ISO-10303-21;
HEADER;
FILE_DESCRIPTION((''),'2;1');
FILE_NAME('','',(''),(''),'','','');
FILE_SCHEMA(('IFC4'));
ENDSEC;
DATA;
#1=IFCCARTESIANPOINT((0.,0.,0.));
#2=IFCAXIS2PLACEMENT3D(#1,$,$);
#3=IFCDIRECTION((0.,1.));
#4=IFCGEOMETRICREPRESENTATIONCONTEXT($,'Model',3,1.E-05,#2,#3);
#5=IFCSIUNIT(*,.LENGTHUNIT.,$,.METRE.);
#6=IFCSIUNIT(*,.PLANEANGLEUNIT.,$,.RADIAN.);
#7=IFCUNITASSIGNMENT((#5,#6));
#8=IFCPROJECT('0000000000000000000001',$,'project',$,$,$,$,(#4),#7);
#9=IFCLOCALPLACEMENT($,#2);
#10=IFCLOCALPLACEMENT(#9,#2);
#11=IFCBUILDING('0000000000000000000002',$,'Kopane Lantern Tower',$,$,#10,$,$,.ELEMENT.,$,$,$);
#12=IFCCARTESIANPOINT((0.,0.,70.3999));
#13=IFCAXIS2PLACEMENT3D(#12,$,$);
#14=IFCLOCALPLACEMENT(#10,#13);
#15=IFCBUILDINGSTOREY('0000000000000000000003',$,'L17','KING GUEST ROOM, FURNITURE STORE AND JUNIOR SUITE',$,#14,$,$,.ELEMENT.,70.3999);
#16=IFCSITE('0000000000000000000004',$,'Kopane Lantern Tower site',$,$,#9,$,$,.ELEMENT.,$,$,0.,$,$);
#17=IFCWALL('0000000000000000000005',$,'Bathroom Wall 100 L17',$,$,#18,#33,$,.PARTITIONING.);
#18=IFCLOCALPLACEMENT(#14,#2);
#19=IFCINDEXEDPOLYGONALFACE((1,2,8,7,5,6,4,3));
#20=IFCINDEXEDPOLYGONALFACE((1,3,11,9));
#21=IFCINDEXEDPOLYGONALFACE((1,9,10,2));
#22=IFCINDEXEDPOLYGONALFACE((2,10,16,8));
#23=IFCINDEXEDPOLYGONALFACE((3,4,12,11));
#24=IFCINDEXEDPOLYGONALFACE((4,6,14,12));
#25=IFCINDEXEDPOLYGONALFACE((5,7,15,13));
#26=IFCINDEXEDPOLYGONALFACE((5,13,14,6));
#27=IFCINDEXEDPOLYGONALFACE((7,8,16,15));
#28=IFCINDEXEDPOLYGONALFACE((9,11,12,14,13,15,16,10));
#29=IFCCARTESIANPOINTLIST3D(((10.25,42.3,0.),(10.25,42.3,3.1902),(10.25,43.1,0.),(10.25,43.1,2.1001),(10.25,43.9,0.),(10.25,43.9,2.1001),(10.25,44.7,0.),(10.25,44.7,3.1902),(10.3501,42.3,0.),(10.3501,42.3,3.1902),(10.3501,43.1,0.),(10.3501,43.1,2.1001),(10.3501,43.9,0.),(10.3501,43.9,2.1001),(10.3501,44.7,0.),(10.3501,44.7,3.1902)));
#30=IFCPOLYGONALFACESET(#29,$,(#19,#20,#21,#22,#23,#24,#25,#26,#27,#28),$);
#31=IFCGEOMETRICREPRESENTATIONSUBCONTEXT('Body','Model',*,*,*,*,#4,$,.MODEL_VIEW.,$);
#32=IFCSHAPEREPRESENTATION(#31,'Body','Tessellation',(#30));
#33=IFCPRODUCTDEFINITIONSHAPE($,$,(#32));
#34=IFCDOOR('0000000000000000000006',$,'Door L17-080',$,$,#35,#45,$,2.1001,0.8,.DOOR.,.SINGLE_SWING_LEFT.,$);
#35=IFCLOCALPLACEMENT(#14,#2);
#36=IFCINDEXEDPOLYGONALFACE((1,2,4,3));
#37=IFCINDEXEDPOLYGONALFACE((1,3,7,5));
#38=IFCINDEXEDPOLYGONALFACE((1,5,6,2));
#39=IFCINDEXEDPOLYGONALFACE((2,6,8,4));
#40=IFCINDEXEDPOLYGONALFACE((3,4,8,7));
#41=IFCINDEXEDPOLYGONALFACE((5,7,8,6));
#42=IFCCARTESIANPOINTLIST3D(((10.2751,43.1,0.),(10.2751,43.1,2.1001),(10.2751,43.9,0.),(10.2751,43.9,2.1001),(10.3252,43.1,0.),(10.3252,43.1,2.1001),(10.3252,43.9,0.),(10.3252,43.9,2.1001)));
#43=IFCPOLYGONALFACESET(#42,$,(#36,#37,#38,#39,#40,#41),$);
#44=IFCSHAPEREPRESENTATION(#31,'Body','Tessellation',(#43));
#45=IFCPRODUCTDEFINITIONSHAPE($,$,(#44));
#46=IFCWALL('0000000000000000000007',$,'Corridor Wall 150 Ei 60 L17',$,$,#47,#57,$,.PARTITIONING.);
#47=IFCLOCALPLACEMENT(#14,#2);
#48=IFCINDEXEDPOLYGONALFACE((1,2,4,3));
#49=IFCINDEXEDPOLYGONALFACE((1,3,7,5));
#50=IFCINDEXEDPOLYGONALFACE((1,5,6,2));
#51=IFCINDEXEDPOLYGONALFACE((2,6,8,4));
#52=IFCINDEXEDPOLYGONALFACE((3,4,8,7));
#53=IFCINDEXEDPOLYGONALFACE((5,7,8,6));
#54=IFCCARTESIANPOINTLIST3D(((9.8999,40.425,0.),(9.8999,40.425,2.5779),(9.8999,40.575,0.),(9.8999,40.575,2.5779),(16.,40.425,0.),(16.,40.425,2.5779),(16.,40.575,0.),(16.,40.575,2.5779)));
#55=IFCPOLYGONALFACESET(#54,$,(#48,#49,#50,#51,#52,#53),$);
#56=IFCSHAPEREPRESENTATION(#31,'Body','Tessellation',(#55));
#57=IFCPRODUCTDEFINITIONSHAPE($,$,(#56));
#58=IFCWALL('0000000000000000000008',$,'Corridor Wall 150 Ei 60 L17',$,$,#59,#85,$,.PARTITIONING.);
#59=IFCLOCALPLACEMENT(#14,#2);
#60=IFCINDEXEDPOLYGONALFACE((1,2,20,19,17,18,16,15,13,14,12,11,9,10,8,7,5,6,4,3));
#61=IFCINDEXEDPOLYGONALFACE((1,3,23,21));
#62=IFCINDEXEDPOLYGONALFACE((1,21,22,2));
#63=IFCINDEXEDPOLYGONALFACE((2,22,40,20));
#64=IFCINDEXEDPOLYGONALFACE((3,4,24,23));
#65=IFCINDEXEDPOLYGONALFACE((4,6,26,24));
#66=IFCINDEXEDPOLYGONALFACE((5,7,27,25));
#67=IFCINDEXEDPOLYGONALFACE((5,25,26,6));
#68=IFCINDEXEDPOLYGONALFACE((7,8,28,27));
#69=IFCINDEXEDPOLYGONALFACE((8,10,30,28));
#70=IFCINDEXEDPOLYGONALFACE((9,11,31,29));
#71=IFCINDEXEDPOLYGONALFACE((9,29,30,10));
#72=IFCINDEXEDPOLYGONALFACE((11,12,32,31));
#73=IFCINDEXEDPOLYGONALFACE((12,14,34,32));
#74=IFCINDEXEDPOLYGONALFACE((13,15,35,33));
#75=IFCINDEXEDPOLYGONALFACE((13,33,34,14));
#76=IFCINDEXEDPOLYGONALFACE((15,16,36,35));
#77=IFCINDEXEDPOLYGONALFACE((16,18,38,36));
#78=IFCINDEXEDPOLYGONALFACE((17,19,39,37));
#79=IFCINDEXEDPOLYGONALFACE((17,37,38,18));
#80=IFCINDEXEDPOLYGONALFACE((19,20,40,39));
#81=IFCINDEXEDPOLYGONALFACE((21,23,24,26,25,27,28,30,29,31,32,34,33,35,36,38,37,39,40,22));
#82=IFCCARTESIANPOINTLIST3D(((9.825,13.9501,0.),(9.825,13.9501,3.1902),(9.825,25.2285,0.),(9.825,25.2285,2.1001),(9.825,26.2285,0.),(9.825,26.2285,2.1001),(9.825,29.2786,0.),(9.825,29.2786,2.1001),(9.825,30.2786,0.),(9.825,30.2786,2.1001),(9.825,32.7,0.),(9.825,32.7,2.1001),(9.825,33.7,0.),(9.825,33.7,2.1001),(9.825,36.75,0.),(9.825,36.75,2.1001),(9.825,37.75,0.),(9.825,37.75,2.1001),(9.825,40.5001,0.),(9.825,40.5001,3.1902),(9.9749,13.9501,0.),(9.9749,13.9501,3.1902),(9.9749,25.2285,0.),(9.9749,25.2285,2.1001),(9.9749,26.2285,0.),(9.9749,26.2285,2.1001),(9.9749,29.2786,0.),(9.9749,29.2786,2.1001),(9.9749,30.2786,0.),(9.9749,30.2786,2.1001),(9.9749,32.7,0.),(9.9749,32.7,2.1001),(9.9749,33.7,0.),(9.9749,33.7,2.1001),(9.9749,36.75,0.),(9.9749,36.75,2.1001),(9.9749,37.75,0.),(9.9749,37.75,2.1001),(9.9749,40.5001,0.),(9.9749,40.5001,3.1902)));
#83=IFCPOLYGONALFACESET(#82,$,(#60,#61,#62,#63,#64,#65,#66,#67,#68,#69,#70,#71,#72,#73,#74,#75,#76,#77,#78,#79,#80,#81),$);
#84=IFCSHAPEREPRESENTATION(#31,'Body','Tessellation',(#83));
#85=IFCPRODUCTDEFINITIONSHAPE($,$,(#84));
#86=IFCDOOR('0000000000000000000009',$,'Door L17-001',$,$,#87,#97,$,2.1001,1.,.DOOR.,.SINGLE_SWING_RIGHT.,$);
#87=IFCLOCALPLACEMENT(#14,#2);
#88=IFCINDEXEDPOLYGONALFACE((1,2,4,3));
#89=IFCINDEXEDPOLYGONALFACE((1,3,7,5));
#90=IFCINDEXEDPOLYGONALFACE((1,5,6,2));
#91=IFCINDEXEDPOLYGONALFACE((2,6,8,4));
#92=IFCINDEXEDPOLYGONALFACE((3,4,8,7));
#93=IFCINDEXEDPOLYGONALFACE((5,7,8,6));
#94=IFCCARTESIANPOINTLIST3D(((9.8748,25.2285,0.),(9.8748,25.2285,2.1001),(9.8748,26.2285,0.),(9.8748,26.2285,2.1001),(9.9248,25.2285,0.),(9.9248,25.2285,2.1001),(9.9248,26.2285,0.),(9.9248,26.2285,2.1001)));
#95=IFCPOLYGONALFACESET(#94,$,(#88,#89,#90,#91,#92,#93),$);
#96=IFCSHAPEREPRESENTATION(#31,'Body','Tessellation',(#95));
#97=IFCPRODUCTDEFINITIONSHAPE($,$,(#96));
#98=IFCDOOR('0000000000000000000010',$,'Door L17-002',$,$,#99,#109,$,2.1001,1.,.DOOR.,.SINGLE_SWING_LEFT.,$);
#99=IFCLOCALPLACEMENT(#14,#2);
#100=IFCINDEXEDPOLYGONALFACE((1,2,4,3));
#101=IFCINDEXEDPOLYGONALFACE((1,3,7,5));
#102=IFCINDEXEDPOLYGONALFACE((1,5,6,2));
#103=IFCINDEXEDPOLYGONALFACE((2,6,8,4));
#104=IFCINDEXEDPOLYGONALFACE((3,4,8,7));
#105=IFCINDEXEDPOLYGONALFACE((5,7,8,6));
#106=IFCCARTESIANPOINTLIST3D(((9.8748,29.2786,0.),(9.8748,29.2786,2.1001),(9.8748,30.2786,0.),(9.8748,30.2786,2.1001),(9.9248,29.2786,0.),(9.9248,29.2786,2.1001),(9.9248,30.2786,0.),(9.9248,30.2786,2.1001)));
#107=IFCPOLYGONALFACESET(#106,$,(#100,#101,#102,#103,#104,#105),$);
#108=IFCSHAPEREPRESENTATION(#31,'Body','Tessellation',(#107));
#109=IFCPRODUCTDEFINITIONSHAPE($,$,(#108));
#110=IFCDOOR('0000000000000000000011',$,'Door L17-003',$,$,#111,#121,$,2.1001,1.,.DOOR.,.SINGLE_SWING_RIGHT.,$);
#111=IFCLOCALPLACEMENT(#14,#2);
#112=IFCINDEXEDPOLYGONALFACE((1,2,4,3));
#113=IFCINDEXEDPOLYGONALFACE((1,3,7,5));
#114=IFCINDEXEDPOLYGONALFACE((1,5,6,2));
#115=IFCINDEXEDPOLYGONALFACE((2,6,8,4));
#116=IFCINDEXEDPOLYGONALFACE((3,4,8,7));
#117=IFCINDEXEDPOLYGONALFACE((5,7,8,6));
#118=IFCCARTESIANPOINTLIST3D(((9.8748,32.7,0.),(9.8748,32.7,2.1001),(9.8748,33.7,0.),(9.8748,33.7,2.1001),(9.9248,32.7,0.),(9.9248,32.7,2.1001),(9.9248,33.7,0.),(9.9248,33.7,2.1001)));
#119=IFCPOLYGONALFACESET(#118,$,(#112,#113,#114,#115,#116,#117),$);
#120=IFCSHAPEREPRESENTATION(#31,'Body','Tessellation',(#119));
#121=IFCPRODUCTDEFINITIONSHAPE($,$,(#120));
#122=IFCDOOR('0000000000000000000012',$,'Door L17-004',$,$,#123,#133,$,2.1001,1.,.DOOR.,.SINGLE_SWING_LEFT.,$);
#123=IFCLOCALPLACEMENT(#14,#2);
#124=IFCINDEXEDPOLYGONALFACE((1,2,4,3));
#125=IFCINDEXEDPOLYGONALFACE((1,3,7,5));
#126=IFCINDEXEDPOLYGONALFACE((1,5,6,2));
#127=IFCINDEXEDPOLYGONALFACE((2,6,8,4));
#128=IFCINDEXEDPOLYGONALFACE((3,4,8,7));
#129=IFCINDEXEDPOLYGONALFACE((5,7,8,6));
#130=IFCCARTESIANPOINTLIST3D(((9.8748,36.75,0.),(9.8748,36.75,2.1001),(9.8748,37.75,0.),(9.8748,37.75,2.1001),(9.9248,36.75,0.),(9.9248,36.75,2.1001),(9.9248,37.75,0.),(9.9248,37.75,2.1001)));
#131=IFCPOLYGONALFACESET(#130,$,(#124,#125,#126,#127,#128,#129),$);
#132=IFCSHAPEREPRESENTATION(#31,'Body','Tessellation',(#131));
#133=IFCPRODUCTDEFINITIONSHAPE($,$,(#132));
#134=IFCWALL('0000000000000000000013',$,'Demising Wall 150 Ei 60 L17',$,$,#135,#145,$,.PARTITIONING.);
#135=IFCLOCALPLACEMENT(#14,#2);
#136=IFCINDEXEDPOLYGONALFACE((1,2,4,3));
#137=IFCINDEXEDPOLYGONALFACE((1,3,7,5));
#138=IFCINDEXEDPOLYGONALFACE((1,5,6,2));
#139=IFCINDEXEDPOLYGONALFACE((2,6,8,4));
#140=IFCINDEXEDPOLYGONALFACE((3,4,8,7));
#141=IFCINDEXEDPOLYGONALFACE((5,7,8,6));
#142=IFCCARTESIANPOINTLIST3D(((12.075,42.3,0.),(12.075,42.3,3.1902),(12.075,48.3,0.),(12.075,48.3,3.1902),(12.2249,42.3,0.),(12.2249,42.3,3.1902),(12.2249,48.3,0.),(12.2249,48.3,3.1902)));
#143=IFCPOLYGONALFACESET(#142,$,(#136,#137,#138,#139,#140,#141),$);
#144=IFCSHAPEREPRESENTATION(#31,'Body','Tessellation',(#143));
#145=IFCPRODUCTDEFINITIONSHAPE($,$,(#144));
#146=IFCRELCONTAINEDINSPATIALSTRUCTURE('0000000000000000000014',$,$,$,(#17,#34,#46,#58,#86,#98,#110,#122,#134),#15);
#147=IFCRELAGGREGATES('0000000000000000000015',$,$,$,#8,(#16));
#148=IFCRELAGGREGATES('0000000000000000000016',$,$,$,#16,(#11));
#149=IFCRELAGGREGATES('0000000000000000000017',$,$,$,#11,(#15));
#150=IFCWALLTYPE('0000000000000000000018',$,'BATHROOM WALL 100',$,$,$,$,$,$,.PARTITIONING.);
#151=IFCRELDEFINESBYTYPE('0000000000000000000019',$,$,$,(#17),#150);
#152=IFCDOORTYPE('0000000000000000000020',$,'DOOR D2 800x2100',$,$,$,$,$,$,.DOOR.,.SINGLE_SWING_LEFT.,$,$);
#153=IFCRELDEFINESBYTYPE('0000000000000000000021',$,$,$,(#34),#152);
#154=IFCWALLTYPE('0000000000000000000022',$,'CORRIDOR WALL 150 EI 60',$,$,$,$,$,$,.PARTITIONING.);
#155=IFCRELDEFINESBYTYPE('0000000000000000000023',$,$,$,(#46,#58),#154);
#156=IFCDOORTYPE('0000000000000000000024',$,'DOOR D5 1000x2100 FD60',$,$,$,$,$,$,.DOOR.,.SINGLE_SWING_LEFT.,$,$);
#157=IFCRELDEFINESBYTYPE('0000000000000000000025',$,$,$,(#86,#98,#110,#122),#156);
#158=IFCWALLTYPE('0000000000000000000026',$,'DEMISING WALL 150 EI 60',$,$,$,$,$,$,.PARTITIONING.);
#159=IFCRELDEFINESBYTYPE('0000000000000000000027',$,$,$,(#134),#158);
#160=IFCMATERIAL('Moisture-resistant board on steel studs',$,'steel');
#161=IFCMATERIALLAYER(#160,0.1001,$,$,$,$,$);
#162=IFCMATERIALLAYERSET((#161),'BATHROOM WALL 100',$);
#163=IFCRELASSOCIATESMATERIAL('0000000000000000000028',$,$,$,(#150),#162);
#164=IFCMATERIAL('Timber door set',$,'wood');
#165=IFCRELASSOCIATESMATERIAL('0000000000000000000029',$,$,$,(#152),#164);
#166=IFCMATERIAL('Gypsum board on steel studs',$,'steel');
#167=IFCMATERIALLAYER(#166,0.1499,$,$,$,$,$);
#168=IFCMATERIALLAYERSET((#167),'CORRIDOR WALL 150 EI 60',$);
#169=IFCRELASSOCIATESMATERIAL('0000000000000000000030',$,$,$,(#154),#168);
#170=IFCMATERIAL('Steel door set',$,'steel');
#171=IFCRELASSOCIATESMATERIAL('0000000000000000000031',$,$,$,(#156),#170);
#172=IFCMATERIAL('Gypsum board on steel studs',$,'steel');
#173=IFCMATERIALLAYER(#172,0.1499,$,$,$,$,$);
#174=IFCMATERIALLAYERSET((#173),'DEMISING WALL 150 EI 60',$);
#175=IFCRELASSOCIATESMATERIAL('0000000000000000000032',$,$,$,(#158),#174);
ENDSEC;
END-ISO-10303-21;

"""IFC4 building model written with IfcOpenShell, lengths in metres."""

from ifc_helpers import new_model, si_unit, direction, frame, frame_2d, origin, place, context, subcontext, project, spatial, rectangle, extrude, material, layer, layer_set, type_object, element, fill, save


model = new_model("IFC4")

# Units and contexts
model_context = context("Model", 3, precision=1e-05, world=origin(), true_north=direction((0.0, 1.0)))
body_context = subcontext(model_context, "Body", "Model", "MODEL_VIEW")
ifc_project = project(units=[si_unit("LENGTHUNIT", "METRE"), si_unit("PLANEANGLEUNIT", "RADIAN")], contexts=[model_context])

# Site, building, storey
site_placement = place(None, origin())
site = spatial("IfcSite", under=ifc_project, at=site_placement, Name="Kopane Lantern Tower site", CompositionType="ELEMENT", RefElevation=0.0)
building_placement = place(site_placement, origin())
building = spatial("IfcBuilding", under=site, at=building_placement, Name="Kopane Lantern Tower", CompositionType="ELEMENT")
storey_placement = place(building_placement, frame((0.0, 0.0, 70.3999)))
storey = spatial("IfcBuildingStorey", under=building, at=storey_placement, Name="L17", Description="KING GUEST ROOM, FURNITURE STORE AND JUNIOR SUITE", CompositionType="ELEMENT", Elevation=70.3999)

# Shared definitions
ifc_material_1 = material(Name="Moisture-resistant board on steel studs", Category="steel")
ifc_layer_1 = layer(ifc_material_1, 0.1001)
ifc_layer_set_1 = layer_set([ifc_layer_1], Name="BATHROOM WALL 100")
wall_type_1 = type_object("IfcWallType", Name="BATHROOM WALL 100", PredefinedType="PARTITIONING", material=ifc_layer_set_1)
ifc_material_2 = material(Name="Timber door set", Category="wood")
door_type_1 = type_object("IfcDoorType", Name="DOOR D2 800x2100", OperationType="SINGLE_SWING_LEFT", PredefinedType="DOOR", material=ifc_material_2)

# Wall, opening, door
wall_1_placement = place(storey_placement, frame((10.3, 42.3, 0.0), z_axis=(0.0, 0.0, 1.0), x_axis=(0.0, 1.0, 0.0)))
wall_1 = element("IfcWall", 1, at=wall_1_placement, inside=storey, type_object=wall_type_1, Name="Bathroom Wall 100 L17", PredefinedType="PARTITIONING", context=body_context, shape_type="SweptSolid", body=[
    extrude(rectangle(XDim=2.3999, YDim=0.1001, at=frame_2d((1.2, 0.0))), origin(), (0.0, 0.0, 1.0), 3.1902),
])
opening_1_placement = place(wall_1_placement, frame((0.8, 0.0, 0.0)))
opening_1 = element("IfcOpeningElement", 2, at=opening_1_placement, cuts=wall_1, PredefinedType="OPENING", context=body_context, shape_type="SweptSolid", body=[
    extrude(rectangle(XDim=0.8, YDim=2.1001, at=frame_2d((0.3999, 1.05))), frame((0.0, 0.0601, 0.0), z_axis=(0.0, -1.0, 0.0), x_axis=(1.0, 0.0, 0.0)), (0.0, 0.0, 1.0), 0.1201),
])
door_1_placement = place(opening_1_placement, origin())
door_1 = element("IfcDoor", 3, at=door_1_placement, inside=storey, type_object=door_type_1, Name="Door L17-080", OperationType="SINGLE_SWING_LEFT", OverallHeight=2.1001, OverallWidth=0.8, PredefinedType="DOOR", context=body_context, shape_type="SweptSolid", body=[
    extrude(rectangle(XDim=0.8, YDim=2.1001, at=frame_2d((0.3999, 1.05))), frame((0.0, 0.0249, 0.0), z_axis=(0.0, -1.0, 0.0), x_axis=(1.0, 0.0, 0.0)), (0.0, 0.0, 1.0), 0.05),
])
fill(opening_1, door_1)

# Wall
ifc_material_3 = material(Name="Gypsum board on steel studs", Category="steel")
ifc_layer_2 = layer(ifc_material_3, 0.1499)
ifc_layer_set_2 = layer_set([ifc_layer_2], Name="CORRIDOR WALL 150 EI 60")
wall_type_2 = type_object("IfcWallType", Name="CORRIDOR WALL 150 EI 60", PredefinedType="PARTITIONING", material=ifc_layer_set_2)
wall_2_placement = place(storey_placement, frame((16.0, 40.5, 0.0), z_axis=(0.0, 0.0, 1.0), x_axis=(-1.0, 0.0, 0.0)))
element("IfcWall", 4, at=wall_2_placement, inside=storey, type_object=wall_type_2, Name="Corridor Wall 150 Ei 60 L17", PredefinedType="PARTITIONING", context=body_context, shape_type="SweptSolid", body=[
    extrude(rectangle(XDim=6.1001, YDim=0.1499, at=frame_2d((3.05, 0.0))), origin(), (0.0, 0.0, 1.0), 2.5779),
])

# Wall, openings, doors
wall_3_placement = place(storey_placement, frame((9.8999, 40.5, 0.0), z_axis=(0.0, 0.0, 1.0), x_axis=(0.0, -1.0, 0.0)))
wall_3 = element("IfcWall", 5, at=wall_3_placement, inside=storey, type_object=wall_type_2, Name="Corridor Wall 150 Ei 60 L17", PredefinedType="PARTITIONING", context=body_context, shape_type="SweptSolid", body=[
    extrude(rectangle(XDim=26.55, YDim=0.1499, at=frame_2d((13.2749, 0.0))), origin(), (0.0, 0.0, 1.0), 3.1902),
])
opening_2_placement = place(wall_3_placement, frame((14.2715, 0.0, 0.0)))
opening_2 = element("IfcOpeningElement", 6, at=opening_2_placement, cuts=wall_3, PredefinedType="OPENING", context=body_context, shape_type="SweptSolid", body=[
    extrude(rectangle(XDim=1.0, YDim=2.1001, at=frame_2d((0.5, 1.05))), frame((0.0, 0.085, 0.0), z_axis=(0.0, -1.0, 0.0), x_axis=(1.0, 0.0, 0.0)), (0.0, 0.0, 1.0), 0.1699),
])
opening_3_placement = place(wall_3_placement, frame((10.2214, 0.0, 0.0)))
opening_3 = element("IfcOpeningElement", 7, at=opening_3_placement, cuts=wall_3, PredefinedType="OPENING", context=body_context, shape_type="SweptSolid", body=[
    extrude(rectangle(XDim=1.0, YDim=2.1001, at=frame_2d((0.5, 1.05))), frame((0.0, 0.085, 0.0), z_axis=(0.0, -1.0, 0.0), x_axis=(1.0, 0.0, 0.0)), (0.0, 0.0, 1.0), 0.1699),
])
opening_4_placement = place(wall_3_placement, frame((6.8, 0.0, 0.0)))
opening_4 = element("IfcOpeningElement", 8, at=opening_4_placement, cuts=wall_3, PredefinedType="OPENING", context=body_context, shape_type="SweptSolid", body=[
    extrude(rectangle(XDim=1.0, YDim=2.1001, at=frame_2d((0.5, 1.05))), frame((0.0, 0.085, 0.0), z_axis=(0.0, -1.0, 0.0), x_axis=(1.0, 0.0, 0.0)), (0.0, 0.0, 1.0), 0.1699),
])
opening_5_placement = place(wall_3_placement, frame((2.75, 0.0, 0.0)))
opening_5 = element("IfcOpeningElement", 9, at=opening_5_placement, cuts=wall_3, PredefinedType="OPENING", context=body_context, shape_type="SweptSolid", body=[
    extrude(rectangle(XDim=1.0, YDim=2.1001, at=frame_2d((0.5, 1.05))), frame((0.0, 0.085, 0.0), z_axis=(0.0, -1.0, 0.0), x_axis=(1.0, 0.0, 0.0)), (0.0, 0.0, 1.0), 0.1699),
])
ifc_material_4 = material(Name="Steel door set", Category="steel")
door_type_2 = type_object("IfcDoorType", Name="DOOR D5 1000x2100 FD60", OperationType="SINGLE_SWING_LEFT", PredefinedType="DOOR", material=ifc_material_4)
door_2_placement = place(opening_2_placement, origin())
door_2 = element("IfcDoor", 10, at=door_2_placement, inside=storey, type_object=door_type_2, Name="Door L17-001", OperationType="SINGLE_SWING_RIGHT", OverallHeight=2.1001, OverallWidth=1.0, PredefinedType="DOOR", context=body_context, shape_type="SweptSolid", body=[
    extrude(rectangle(XDim=1.0, YDim=2.1001, at=frame_2d((0.5, 1.05))), frame((0.0, 0.0249, 0.0), z_axis=(0.0, -1.0, 0.0), x_axis=(1.0, 0.0, 0.0)), (0.0, 0.0, 1.0), 0.05),
])
fill(opening_2, door_2)
door_3_placement = place(opening_3_placement, origin())
door_3 = element("IfcDoor", 11, at=door_3_placement, inside=storey, type_object=door_type_2, Name="Door L17-002", OperationType="SINGLE_SWING_LEFT", OverallHeight=2.1001, OverallWidth=1.0, PredefinedType="DOOR", context=body_context, shape_type="SweptSolid", body=[
    extrude(rectangle(XDim=1.0, YDim=2.1001, at=frame_2d((0.5, 1.05))), frame((0.0, 0.0249, 0.0), z_axis=(0.0, -1.0, 0.0), x_axis=(1.0, 0.0, 0.0)), (0.0, 0.0, 1.0), 0.05),
])
fill(opening_3, door_3)
door_4_placement = place(opening_4_placement, origin())
door_4 = element("IfcDoor", 12, at=door_4_placement, inside=storey, type_object=door_type_2, Name="Door L17-003", OperationType="SINGLE_SWING_RIGHT", OverallHeight=2.1001, OverallWidth=1.0, PredefinedType="DOOR", context=body_context, shape_type="SweptSolid", body=[
    extrude(rectangle(XDim=1.0, YDim=2.1001, at=frame_2d((0.5, 1.05))), frame((0.0, 0.0249, 0.0), z_axis=(0.0, -1.0, 0.0), x_axis=(1.0, 0.0, 0.0)), (0.0, 0.0, 1.0), 0.05),
])
fill(opening_4, door_4)
door_5_placement = place(opening_5_placement, origin())
door_5 = element("IfcDoor", 13, at=door_5_placement, inside=storey, type_object=door_type_2, Name="Door L17-004", OperationType="SINGLE_SWING_LEFT", OverallHeight=2.1001, OverallWidth=1.0, PredefinedType="DOOR", context=body_context, shape_type="SweptSolid", body=[
    extrude(rectangle(XDim=1.0, YDim=2.1001, at=frame_2d((0.5, 1.05))), frame((0.0, 0.0249, 0.0), z_axis=(0.0, -1.0, 0.0), x_axis=(1.0, 0.0, 0.0)), (0.0, 0.0, 1.0), 0.05),
])
fill(opening_5, door_5)

# Wall
ifc_material_5 = material(Name="Gypsum board on steel studs", Category="steel")
ifc_layer_3 = layer(ifc_material_5, 0.1499)
ifc_layer_set_3 = layer_set([ifc_layer_3], Name="DEMISING WALL 150 EI 60")
wall_type_3 = type_object("IfcWallType", Name="DEMISING WALL 150 EI 60", PredefinedType="PARTITIONING", material=ifc_layer_set_3)
wall_4_placement = place(storey_placement, frame((12.1499, 42.3, 0.0), z_axis=(0.0, 0.0, 1.0), x_axis=(0.0, 1.0, 0.0)))
element("IfcWall", 14, at=wall_4_placement, inside=storey, type_object=wall_type_3, Name="Demising Wall 150 Ei 60 L17", PredefinedType="PARTITIONING", context=body_context, shape_type="SweptSolid", body=[
    extrude(rectangle(XDim=6.0, YDim=0.1499, at=frame_2d((3.0, 0.0))), origin(), (0.0, 0.0, 1.0), 3.1902),
])

save(model, "model.ifc")
